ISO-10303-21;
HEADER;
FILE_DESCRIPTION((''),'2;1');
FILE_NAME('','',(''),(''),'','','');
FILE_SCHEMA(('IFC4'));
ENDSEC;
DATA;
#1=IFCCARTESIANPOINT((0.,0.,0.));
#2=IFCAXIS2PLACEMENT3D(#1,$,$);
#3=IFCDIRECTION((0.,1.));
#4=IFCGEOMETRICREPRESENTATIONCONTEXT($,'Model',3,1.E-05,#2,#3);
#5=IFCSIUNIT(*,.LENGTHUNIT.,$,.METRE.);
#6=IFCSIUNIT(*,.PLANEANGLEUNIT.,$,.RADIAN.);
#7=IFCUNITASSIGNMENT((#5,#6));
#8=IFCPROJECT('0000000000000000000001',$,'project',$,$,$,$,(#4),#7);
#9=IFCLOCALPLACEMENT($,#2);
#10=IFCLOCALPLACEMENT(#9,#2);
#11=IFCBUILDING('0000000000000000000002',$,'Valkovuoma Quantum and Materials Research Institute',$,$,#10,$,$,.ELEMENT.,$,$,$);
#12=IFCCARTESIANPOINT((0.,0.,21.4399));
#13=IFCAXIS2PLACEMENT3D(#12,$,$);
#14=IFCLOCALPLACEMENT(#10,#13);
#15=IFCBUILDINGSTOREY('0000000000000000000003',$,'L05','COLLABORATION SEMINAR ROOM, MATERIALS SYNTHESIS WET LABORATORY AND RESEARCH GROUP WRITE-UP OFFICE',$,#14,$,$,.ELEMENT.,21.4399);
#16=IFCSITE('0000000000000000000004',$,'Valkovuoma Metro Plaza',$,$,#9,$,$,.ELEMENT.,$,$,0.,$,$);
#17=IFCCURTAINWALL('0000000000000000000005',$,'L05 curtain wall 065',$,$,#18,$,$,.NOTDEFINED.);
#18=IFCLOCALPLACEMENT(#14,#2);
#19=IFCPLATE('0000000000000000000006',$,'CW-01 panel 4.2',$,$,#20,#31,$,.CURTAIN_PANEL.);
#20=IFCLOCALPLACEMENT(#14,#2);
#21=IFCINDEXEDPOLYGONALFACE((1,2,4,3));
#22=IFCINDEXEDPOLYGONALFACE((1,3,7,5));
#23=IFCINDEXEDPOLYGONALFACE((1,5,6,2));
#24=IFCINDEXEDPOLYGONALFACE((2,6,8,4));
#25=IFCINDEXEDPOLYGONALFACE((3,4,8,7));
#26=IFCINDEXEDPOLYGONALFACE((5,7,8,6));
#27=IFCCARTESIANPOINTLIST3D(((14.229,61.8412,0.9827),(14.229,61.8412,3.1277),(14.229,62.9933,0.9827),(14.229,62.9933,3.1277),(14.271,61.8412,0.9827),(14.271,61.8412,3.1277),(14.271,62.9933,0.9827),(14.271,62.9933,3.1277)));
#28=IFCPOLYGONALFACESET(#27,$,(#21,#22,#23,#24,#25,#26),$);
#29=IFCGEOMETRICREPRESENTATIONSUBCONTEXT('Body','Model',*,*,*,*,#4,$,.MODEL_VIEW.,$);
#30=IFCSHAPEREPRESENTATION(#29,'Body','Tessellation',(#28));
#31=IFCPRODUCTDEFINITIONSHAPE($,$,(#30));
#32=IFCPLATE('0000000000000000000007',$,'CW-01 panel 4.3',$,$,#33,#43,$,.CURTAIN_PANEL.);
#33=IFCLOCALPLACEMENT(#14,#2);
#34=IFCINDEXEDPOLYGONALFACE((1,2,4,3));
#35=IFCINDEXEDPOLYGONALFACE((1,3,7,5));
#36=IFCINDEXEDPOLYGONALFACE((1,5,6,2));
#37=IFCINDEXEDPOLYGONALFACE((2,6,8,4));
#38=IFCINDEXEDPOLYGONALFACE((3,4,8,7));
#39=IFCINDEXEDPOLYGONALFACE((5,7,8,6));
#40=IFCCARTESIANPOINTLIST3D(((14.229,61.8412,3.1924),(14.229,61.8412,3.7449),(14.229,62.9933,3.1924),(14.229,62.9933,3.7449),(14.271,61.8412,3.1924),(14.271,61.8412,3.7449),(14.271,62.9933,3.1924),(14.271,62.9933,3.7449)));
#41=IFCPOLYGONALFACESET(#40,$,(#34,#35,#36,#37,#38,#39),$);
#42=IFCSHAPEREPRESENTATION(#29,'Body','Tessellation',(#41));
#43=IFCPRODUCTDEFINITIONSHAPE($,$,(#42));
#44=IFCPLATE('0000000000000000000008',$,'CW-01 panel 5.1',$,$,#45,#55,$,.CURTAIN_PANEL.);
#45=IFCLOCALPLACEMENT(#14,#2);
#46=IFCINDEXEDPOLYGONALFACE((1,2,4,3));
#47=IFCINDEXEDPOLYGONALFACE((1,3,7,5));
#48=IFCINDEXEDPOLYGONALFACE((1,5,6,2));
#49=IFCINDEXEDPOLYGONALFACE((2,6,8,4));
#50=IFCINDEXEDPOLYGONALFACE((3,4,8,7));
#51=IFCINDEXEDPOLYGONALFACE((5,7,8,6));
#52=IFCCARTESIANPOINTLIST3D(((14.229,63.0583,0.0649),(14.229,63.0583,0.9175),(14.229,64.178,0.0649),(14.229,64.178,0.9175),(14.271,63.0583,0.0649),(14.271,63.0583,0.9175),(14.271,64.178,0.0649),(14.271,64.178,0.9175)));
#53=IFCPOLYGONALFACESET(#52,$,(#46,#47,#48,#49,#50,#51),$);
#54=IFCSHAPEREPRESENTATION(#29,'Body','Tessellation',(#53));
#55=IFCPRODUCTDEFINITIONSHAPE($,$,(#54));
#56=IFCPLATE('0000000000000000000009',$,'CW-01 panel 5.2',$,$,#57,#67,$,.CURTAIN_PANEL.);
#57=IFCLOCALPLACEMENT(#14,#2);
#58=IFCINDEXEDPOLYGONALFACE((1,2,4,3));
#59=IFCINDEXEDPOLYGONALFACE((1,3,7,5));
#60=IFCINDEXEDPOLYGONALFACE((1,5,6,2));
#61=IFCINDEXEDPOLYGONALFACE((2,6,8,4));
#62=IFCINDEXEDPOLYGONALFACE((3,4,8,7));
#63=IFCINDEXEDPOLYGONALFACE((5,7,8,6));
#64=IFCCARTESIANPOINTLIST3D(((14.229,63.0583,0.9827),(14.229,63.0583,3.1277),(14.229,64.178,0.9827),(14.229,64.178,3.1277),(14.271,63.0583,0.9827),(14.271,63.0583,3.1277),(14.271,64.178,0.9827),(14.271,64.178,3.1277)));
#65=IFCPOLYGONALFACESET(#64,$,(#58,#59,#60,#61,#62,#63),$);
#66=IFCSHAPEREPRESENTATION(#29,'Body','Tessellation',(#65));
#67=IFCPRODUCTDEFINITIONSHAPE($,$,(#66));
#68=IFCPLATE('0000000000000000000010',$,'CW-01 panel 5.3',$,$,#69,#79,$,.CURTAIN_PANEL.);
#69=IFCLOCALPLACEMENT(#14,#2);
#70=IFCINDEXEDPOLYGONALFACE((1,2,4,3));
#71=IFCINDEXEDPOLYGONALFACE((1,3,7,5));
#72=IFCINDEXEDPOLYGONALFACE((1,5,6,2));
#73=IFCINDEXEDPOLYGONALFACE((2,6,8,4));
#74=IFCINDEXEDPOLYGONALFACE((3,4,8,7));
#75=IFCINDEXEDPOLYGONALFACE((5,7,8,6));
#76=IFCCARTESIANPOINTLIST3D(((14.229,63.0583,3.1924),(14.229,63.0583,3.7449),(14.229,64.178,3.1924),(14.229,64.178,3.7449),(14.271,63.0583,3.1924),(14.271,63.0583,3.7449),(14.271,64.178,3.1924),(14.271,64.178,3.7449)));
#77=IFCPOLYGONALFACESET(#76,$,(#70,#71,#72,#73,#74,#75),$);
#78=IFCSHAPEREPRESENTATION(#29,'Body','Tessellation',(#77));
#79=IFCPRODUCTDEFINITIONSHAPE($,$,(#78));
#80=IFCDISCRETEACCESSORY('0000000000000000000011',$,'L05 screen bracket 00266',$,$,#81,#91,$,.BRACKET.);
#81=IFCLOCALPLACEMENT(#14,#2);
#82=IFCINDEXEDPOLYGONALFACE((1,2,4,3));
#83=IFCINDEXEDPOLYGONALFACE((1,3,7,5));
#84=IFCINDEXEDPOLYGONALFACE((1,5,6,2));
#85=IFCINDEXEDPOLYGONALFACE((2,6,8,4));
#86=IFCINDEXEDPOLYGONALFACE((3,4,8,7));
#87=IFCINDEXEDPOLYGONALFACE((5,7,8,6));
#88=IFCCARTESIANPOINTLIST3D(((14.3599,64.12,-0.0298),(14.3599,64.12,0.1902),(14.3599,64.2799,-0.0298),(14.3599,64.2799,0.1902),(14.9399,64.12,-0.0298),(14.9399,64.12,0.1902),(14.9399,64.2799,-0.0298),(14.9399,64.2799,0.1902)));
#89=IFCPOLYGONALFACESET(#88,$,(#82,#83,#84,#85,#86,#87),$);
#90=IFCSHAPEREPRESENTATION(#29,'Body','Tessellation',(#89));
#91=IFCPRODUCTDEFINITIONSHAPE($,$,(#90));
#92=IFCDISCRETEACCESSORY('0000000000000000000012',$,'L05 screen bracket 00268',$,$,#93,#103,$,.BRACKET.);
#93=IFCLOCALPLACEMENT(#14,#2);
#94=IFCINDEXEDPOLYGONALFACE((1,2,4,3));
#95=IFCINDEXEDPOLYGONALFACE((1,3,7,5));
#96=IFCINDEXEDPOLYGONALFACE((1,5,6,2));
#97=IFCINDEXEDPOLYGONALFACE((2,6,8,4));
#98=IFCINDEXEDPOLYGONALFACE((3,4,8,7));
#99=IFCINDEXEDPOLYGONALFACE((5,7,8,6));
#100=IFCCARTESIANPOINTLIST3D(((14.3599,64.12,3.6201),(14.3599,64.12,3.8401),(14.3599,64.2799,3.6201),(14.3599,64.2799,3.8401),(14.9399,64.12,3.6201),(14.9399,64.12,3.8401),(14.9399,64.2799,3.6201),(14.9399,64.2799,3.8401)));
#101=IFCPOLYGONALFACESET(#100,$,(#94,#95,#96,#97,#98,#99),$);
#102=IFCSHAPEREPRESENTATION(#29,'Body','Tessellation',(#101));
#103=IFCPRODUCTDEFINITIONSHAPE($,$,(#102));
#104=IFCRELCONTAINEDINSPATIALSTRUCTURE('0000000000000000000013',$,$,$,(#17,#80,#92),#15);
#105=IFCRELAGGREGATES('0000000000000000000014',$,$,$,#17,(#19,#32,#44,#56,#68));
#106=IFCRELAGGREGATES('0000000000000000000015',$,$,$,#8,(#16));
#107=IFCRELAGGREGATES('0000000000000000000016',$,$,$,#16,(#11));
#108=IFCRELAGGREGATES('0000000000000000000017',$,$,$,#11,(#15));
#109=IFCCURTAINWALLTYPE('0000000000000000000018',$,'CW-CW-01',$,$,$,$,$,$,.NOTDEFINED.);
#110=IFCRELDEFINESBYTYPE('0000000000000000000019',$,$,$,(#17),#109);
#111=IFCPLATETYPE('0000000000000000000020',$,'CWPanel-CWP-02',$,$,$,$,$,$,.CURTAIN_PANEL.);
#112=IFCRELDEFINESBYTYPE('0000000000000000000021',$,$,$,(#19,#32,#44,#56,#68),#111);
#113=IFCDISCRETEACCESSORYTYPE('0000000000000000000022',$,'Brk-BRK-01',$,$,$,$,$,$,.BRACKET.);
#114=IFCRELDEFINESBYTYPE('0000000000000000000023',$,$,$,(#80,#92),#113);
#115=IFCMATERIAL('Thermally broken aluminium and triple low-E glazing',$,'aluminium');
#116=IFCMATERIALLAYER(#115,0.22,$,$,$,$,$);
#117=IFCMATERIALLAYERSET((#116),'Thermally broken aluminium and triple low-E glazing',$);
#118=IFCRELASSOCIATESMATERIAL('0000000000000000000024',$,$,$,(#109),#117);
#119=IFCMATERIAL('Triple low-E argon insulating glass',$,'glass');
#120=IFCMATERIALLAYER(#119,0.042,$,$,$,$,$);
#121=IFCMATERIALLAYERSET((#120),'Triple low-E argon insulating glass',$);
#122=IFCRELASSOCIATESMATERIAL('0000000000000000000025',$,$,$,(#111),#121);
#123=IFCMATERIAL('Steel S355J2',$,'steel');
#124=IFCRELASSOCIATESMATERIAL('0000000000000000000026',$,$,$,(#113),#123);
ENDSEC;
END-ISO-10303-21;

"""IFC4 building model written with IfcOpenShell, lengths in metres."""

from ifc_helpers import new_model, si_unit, direction, frame, origin, origin_2d, place, context, subcontext, project, spatial, rectangle, extrude, material, layer, layer_set, type_object, element, aggregate, save


model = new_model("IFC4")

# Units and contexts
model_context = context("Model", 3, precision=1e-05, world=origin(), true_north=direction((0.0, 1.0)))
body_context = subcontext(model_context, "Body", "Model", "MODEL_VIEW")
ifc_project = project(units=[si_unit("LENGTHUNIT", "METRE"), si_unit("PLANEANGLEUNIT", "RADIAN")], contexts=[model_context])

# Site, building, storey
site_placement = place(None, origin())
site = spatial("IfcSite", under=ifc_project, at=site_placement, Name="Valkovuoma Metro Plaza", CompositionType="ELEMENT", RefElevation=0.0)
building_placement = place(site_placement, origin())
building = spatial("IfcBuilding", under=site, at=building_placement, Name="Valkovuoma Quantum and Materials Research Institute", CompositionType="ELEMENT")
storey_placement = place(building_placement, frame((0.0, 0.0, 21.4399)))
storey = spatial("IfcBuildingStorey", under=building, at=storey_placement, Name="L05", Description="COLLABORATION SEMINAR ROOM, MATERIALS SYNTHESIS WET LABORATORY AND RESEARCH GROUP WRITE-UP OFFICE", CompositionType="ELEMENT", Elevation=21.4399)

# Curtain wall, plates
ifc_material_1 = material(Name="Thermally broken aluminium and triple low-E glazing", Category="aluminium")
ifc_layer_1 = layer(ifc_material_1, 0.22)
ifc_layer_set_1 = layer_set([ifc_layer_1], Name="Thermally broken aluminium and triple low-E glazing")
curtain_wall_type = type_object("IfcCurtainWallType", Name="CW-CW-01", PredefinedType="NOTDEFINED", material=ifc_layer_set_1)
curtain_wall_placement = place(storey_placement, origin())
curtain_wall = element("IfcCurtainWall", 1, at=curtain_wall_placement, inside=storey, type_object=curtain_wall_type, Name="L05 curtain wall 065", PredefinedType="NOTDEFINED")
ifc_material_2 = material(Name="Triple low-E argon insulating glass", Category="glass")
ifc_layer_2 = layer(ifc_material_2, 0.042)
ifc_layer_set_2 = layer_set([ifc_layer_2], Name="Triple low-E argon insulating glass")
plate_type = type_object("IfcPlateType", Name="CWPanel-CWP-02", PredefinedType="CURTAIN_PANEL", material=ifc_layer_set_2)
plate_1_placement = place(storey_placement, frame((14.25, 62.4172, 0.9827), z_axis=(0.0, 0.0, 1.0), x_axis=(0.0, 1.0, 0.0)))
plate_1 = element("IfcPlate", 2, at=plate_1_placement, type_object=plate_type, Name="CW-01 panel 4.2", PredefinedType="CURTAIN_PANEL", context=body_context, shape_type="SweptSolid", body=[
    extrude(rectangle(XDim=1.1521, YDim=0.042, at=origin_2d()), origin(), (0.0, 0.0, 1.0), 2.145),
])
plate_2_placement = place(storey_placement, frame((14.25, 62.4172, 3.1924), z_axis=(0.0, 0.0, 1.0), x_axis=(0.0, 1.0, 0.0)))
plate_2 = element("IfcPlate", 3, at=plate_2_placement, type_object=plate_type, Name="CW-01 panel 4.3", PredefinedType="CURTAIN_PANEL", context=body_context, shape_type="SweptSolid", body=[
    extrude(rectangle(XDim=1.1521, YDim=0.042, at=origin_2d()), origin(), (0.0, 0.0, 1.0), 0.5525),
])
plate_3_placement = place(storey_placement, frame((14.25, 63.6182, 0.0649), z_axis=(0.0, 0.0, 1.0), x_axis=(0.0, 1.0, 0.0)))
plate_3 = element("IfcPlate", 4, at=plate_3_placement, type_object=plate_type, Name="CW-01 panel 5.1", PredefinedType="CURTAIN_PANEL", context=body_context, shape_type="SweptSolid", body=[
    extrude(rectangle(XDim=1.1196, YDim=0.042, at=origin_2d()), origin(), (0.0, 0.0, 1.0), 0.8525),
])
plate_4_placement = place(storey_placement, frame((14.25, 63.6182, 0.9827), z_axis=(0.0, 0.0, 1.0), x_axis=(0.0, 1.0, 0.0)))
plate_4 = element("IfcPlate", 5, at=plate_4_placement, type_object=plate_type, Name="CW-01 panel 5.2", PredefinedType="CURTAIN_PANEL", context=body_context, shape_type="SweptSolid", body=[
    extrude(rectangle(XDim=1.1196, YDim=0.042, at=origin_2d()), origin(), (0.0, 0.0, 1.0), 2.145),
])
plate_5_placement = place(storey_placement, frame((14.25, 63.6182, 3.1924), z_axis=(0.0, 0.0, 1.0), x_axis=(0.0, 1.0, 0.0)))
plate_5 = element("IfcPlate", 6, at=plate_5_placement, type_object=plate_type, Name="CW-01 panel 5.3", PredefinedType="CURTAIN_PANEL", context=body_context, shape_type="SweptSolid", body=[
    extrude(rectangle(XDim=1.1196, YDim=0.042, at=origin_2d()), origin(), (0.0, 0.0, 1.0), 0.5525),
])
aggregate(curtain_wall, [plate_1, plate_2, plate_3, plate_4, plate_5])

# Discrete accessories
ifc_material_3 = material(Name="Steel S355J2", Category="steel")
discrete_accessory_type = type_object("IfcDiscreteAccessoryType", Name="Brk-BRK-01", PredefinedType="BRACKET", material=ifc_material_3)
for number, where, z_axis, x_axis, name in (
    (7, (14.6499, 64.2, -0.0298), (0.0, 0.0, 1.0), (1.0, 0.0, 0.0), "L05 screen bracket 00266"),
    (8, (14.6499, 64.2, 3.6201), (0.0, 0.0, 1.0), (1.0, 0.0, 0.0), "L05 screen bracket 00268"),
):
    element("IfcDiscreteAccessory", number, at=place(storey_placement, frame(where, z_axis=z_axis, x_axis=x_axis)), inside=storey, type_object=discrete_accessory_type, Name=name, PredefinedType="BRACKET", context=body_context, shape_type="SweptSolid", body=[
        extrude(rectangle(XDim=0.5801, YDim=0.1599, at=origin_2d()), origin(), (0.0, 0.0, 1.0), 0.22),
    ])

save(model, "model.ifc")
